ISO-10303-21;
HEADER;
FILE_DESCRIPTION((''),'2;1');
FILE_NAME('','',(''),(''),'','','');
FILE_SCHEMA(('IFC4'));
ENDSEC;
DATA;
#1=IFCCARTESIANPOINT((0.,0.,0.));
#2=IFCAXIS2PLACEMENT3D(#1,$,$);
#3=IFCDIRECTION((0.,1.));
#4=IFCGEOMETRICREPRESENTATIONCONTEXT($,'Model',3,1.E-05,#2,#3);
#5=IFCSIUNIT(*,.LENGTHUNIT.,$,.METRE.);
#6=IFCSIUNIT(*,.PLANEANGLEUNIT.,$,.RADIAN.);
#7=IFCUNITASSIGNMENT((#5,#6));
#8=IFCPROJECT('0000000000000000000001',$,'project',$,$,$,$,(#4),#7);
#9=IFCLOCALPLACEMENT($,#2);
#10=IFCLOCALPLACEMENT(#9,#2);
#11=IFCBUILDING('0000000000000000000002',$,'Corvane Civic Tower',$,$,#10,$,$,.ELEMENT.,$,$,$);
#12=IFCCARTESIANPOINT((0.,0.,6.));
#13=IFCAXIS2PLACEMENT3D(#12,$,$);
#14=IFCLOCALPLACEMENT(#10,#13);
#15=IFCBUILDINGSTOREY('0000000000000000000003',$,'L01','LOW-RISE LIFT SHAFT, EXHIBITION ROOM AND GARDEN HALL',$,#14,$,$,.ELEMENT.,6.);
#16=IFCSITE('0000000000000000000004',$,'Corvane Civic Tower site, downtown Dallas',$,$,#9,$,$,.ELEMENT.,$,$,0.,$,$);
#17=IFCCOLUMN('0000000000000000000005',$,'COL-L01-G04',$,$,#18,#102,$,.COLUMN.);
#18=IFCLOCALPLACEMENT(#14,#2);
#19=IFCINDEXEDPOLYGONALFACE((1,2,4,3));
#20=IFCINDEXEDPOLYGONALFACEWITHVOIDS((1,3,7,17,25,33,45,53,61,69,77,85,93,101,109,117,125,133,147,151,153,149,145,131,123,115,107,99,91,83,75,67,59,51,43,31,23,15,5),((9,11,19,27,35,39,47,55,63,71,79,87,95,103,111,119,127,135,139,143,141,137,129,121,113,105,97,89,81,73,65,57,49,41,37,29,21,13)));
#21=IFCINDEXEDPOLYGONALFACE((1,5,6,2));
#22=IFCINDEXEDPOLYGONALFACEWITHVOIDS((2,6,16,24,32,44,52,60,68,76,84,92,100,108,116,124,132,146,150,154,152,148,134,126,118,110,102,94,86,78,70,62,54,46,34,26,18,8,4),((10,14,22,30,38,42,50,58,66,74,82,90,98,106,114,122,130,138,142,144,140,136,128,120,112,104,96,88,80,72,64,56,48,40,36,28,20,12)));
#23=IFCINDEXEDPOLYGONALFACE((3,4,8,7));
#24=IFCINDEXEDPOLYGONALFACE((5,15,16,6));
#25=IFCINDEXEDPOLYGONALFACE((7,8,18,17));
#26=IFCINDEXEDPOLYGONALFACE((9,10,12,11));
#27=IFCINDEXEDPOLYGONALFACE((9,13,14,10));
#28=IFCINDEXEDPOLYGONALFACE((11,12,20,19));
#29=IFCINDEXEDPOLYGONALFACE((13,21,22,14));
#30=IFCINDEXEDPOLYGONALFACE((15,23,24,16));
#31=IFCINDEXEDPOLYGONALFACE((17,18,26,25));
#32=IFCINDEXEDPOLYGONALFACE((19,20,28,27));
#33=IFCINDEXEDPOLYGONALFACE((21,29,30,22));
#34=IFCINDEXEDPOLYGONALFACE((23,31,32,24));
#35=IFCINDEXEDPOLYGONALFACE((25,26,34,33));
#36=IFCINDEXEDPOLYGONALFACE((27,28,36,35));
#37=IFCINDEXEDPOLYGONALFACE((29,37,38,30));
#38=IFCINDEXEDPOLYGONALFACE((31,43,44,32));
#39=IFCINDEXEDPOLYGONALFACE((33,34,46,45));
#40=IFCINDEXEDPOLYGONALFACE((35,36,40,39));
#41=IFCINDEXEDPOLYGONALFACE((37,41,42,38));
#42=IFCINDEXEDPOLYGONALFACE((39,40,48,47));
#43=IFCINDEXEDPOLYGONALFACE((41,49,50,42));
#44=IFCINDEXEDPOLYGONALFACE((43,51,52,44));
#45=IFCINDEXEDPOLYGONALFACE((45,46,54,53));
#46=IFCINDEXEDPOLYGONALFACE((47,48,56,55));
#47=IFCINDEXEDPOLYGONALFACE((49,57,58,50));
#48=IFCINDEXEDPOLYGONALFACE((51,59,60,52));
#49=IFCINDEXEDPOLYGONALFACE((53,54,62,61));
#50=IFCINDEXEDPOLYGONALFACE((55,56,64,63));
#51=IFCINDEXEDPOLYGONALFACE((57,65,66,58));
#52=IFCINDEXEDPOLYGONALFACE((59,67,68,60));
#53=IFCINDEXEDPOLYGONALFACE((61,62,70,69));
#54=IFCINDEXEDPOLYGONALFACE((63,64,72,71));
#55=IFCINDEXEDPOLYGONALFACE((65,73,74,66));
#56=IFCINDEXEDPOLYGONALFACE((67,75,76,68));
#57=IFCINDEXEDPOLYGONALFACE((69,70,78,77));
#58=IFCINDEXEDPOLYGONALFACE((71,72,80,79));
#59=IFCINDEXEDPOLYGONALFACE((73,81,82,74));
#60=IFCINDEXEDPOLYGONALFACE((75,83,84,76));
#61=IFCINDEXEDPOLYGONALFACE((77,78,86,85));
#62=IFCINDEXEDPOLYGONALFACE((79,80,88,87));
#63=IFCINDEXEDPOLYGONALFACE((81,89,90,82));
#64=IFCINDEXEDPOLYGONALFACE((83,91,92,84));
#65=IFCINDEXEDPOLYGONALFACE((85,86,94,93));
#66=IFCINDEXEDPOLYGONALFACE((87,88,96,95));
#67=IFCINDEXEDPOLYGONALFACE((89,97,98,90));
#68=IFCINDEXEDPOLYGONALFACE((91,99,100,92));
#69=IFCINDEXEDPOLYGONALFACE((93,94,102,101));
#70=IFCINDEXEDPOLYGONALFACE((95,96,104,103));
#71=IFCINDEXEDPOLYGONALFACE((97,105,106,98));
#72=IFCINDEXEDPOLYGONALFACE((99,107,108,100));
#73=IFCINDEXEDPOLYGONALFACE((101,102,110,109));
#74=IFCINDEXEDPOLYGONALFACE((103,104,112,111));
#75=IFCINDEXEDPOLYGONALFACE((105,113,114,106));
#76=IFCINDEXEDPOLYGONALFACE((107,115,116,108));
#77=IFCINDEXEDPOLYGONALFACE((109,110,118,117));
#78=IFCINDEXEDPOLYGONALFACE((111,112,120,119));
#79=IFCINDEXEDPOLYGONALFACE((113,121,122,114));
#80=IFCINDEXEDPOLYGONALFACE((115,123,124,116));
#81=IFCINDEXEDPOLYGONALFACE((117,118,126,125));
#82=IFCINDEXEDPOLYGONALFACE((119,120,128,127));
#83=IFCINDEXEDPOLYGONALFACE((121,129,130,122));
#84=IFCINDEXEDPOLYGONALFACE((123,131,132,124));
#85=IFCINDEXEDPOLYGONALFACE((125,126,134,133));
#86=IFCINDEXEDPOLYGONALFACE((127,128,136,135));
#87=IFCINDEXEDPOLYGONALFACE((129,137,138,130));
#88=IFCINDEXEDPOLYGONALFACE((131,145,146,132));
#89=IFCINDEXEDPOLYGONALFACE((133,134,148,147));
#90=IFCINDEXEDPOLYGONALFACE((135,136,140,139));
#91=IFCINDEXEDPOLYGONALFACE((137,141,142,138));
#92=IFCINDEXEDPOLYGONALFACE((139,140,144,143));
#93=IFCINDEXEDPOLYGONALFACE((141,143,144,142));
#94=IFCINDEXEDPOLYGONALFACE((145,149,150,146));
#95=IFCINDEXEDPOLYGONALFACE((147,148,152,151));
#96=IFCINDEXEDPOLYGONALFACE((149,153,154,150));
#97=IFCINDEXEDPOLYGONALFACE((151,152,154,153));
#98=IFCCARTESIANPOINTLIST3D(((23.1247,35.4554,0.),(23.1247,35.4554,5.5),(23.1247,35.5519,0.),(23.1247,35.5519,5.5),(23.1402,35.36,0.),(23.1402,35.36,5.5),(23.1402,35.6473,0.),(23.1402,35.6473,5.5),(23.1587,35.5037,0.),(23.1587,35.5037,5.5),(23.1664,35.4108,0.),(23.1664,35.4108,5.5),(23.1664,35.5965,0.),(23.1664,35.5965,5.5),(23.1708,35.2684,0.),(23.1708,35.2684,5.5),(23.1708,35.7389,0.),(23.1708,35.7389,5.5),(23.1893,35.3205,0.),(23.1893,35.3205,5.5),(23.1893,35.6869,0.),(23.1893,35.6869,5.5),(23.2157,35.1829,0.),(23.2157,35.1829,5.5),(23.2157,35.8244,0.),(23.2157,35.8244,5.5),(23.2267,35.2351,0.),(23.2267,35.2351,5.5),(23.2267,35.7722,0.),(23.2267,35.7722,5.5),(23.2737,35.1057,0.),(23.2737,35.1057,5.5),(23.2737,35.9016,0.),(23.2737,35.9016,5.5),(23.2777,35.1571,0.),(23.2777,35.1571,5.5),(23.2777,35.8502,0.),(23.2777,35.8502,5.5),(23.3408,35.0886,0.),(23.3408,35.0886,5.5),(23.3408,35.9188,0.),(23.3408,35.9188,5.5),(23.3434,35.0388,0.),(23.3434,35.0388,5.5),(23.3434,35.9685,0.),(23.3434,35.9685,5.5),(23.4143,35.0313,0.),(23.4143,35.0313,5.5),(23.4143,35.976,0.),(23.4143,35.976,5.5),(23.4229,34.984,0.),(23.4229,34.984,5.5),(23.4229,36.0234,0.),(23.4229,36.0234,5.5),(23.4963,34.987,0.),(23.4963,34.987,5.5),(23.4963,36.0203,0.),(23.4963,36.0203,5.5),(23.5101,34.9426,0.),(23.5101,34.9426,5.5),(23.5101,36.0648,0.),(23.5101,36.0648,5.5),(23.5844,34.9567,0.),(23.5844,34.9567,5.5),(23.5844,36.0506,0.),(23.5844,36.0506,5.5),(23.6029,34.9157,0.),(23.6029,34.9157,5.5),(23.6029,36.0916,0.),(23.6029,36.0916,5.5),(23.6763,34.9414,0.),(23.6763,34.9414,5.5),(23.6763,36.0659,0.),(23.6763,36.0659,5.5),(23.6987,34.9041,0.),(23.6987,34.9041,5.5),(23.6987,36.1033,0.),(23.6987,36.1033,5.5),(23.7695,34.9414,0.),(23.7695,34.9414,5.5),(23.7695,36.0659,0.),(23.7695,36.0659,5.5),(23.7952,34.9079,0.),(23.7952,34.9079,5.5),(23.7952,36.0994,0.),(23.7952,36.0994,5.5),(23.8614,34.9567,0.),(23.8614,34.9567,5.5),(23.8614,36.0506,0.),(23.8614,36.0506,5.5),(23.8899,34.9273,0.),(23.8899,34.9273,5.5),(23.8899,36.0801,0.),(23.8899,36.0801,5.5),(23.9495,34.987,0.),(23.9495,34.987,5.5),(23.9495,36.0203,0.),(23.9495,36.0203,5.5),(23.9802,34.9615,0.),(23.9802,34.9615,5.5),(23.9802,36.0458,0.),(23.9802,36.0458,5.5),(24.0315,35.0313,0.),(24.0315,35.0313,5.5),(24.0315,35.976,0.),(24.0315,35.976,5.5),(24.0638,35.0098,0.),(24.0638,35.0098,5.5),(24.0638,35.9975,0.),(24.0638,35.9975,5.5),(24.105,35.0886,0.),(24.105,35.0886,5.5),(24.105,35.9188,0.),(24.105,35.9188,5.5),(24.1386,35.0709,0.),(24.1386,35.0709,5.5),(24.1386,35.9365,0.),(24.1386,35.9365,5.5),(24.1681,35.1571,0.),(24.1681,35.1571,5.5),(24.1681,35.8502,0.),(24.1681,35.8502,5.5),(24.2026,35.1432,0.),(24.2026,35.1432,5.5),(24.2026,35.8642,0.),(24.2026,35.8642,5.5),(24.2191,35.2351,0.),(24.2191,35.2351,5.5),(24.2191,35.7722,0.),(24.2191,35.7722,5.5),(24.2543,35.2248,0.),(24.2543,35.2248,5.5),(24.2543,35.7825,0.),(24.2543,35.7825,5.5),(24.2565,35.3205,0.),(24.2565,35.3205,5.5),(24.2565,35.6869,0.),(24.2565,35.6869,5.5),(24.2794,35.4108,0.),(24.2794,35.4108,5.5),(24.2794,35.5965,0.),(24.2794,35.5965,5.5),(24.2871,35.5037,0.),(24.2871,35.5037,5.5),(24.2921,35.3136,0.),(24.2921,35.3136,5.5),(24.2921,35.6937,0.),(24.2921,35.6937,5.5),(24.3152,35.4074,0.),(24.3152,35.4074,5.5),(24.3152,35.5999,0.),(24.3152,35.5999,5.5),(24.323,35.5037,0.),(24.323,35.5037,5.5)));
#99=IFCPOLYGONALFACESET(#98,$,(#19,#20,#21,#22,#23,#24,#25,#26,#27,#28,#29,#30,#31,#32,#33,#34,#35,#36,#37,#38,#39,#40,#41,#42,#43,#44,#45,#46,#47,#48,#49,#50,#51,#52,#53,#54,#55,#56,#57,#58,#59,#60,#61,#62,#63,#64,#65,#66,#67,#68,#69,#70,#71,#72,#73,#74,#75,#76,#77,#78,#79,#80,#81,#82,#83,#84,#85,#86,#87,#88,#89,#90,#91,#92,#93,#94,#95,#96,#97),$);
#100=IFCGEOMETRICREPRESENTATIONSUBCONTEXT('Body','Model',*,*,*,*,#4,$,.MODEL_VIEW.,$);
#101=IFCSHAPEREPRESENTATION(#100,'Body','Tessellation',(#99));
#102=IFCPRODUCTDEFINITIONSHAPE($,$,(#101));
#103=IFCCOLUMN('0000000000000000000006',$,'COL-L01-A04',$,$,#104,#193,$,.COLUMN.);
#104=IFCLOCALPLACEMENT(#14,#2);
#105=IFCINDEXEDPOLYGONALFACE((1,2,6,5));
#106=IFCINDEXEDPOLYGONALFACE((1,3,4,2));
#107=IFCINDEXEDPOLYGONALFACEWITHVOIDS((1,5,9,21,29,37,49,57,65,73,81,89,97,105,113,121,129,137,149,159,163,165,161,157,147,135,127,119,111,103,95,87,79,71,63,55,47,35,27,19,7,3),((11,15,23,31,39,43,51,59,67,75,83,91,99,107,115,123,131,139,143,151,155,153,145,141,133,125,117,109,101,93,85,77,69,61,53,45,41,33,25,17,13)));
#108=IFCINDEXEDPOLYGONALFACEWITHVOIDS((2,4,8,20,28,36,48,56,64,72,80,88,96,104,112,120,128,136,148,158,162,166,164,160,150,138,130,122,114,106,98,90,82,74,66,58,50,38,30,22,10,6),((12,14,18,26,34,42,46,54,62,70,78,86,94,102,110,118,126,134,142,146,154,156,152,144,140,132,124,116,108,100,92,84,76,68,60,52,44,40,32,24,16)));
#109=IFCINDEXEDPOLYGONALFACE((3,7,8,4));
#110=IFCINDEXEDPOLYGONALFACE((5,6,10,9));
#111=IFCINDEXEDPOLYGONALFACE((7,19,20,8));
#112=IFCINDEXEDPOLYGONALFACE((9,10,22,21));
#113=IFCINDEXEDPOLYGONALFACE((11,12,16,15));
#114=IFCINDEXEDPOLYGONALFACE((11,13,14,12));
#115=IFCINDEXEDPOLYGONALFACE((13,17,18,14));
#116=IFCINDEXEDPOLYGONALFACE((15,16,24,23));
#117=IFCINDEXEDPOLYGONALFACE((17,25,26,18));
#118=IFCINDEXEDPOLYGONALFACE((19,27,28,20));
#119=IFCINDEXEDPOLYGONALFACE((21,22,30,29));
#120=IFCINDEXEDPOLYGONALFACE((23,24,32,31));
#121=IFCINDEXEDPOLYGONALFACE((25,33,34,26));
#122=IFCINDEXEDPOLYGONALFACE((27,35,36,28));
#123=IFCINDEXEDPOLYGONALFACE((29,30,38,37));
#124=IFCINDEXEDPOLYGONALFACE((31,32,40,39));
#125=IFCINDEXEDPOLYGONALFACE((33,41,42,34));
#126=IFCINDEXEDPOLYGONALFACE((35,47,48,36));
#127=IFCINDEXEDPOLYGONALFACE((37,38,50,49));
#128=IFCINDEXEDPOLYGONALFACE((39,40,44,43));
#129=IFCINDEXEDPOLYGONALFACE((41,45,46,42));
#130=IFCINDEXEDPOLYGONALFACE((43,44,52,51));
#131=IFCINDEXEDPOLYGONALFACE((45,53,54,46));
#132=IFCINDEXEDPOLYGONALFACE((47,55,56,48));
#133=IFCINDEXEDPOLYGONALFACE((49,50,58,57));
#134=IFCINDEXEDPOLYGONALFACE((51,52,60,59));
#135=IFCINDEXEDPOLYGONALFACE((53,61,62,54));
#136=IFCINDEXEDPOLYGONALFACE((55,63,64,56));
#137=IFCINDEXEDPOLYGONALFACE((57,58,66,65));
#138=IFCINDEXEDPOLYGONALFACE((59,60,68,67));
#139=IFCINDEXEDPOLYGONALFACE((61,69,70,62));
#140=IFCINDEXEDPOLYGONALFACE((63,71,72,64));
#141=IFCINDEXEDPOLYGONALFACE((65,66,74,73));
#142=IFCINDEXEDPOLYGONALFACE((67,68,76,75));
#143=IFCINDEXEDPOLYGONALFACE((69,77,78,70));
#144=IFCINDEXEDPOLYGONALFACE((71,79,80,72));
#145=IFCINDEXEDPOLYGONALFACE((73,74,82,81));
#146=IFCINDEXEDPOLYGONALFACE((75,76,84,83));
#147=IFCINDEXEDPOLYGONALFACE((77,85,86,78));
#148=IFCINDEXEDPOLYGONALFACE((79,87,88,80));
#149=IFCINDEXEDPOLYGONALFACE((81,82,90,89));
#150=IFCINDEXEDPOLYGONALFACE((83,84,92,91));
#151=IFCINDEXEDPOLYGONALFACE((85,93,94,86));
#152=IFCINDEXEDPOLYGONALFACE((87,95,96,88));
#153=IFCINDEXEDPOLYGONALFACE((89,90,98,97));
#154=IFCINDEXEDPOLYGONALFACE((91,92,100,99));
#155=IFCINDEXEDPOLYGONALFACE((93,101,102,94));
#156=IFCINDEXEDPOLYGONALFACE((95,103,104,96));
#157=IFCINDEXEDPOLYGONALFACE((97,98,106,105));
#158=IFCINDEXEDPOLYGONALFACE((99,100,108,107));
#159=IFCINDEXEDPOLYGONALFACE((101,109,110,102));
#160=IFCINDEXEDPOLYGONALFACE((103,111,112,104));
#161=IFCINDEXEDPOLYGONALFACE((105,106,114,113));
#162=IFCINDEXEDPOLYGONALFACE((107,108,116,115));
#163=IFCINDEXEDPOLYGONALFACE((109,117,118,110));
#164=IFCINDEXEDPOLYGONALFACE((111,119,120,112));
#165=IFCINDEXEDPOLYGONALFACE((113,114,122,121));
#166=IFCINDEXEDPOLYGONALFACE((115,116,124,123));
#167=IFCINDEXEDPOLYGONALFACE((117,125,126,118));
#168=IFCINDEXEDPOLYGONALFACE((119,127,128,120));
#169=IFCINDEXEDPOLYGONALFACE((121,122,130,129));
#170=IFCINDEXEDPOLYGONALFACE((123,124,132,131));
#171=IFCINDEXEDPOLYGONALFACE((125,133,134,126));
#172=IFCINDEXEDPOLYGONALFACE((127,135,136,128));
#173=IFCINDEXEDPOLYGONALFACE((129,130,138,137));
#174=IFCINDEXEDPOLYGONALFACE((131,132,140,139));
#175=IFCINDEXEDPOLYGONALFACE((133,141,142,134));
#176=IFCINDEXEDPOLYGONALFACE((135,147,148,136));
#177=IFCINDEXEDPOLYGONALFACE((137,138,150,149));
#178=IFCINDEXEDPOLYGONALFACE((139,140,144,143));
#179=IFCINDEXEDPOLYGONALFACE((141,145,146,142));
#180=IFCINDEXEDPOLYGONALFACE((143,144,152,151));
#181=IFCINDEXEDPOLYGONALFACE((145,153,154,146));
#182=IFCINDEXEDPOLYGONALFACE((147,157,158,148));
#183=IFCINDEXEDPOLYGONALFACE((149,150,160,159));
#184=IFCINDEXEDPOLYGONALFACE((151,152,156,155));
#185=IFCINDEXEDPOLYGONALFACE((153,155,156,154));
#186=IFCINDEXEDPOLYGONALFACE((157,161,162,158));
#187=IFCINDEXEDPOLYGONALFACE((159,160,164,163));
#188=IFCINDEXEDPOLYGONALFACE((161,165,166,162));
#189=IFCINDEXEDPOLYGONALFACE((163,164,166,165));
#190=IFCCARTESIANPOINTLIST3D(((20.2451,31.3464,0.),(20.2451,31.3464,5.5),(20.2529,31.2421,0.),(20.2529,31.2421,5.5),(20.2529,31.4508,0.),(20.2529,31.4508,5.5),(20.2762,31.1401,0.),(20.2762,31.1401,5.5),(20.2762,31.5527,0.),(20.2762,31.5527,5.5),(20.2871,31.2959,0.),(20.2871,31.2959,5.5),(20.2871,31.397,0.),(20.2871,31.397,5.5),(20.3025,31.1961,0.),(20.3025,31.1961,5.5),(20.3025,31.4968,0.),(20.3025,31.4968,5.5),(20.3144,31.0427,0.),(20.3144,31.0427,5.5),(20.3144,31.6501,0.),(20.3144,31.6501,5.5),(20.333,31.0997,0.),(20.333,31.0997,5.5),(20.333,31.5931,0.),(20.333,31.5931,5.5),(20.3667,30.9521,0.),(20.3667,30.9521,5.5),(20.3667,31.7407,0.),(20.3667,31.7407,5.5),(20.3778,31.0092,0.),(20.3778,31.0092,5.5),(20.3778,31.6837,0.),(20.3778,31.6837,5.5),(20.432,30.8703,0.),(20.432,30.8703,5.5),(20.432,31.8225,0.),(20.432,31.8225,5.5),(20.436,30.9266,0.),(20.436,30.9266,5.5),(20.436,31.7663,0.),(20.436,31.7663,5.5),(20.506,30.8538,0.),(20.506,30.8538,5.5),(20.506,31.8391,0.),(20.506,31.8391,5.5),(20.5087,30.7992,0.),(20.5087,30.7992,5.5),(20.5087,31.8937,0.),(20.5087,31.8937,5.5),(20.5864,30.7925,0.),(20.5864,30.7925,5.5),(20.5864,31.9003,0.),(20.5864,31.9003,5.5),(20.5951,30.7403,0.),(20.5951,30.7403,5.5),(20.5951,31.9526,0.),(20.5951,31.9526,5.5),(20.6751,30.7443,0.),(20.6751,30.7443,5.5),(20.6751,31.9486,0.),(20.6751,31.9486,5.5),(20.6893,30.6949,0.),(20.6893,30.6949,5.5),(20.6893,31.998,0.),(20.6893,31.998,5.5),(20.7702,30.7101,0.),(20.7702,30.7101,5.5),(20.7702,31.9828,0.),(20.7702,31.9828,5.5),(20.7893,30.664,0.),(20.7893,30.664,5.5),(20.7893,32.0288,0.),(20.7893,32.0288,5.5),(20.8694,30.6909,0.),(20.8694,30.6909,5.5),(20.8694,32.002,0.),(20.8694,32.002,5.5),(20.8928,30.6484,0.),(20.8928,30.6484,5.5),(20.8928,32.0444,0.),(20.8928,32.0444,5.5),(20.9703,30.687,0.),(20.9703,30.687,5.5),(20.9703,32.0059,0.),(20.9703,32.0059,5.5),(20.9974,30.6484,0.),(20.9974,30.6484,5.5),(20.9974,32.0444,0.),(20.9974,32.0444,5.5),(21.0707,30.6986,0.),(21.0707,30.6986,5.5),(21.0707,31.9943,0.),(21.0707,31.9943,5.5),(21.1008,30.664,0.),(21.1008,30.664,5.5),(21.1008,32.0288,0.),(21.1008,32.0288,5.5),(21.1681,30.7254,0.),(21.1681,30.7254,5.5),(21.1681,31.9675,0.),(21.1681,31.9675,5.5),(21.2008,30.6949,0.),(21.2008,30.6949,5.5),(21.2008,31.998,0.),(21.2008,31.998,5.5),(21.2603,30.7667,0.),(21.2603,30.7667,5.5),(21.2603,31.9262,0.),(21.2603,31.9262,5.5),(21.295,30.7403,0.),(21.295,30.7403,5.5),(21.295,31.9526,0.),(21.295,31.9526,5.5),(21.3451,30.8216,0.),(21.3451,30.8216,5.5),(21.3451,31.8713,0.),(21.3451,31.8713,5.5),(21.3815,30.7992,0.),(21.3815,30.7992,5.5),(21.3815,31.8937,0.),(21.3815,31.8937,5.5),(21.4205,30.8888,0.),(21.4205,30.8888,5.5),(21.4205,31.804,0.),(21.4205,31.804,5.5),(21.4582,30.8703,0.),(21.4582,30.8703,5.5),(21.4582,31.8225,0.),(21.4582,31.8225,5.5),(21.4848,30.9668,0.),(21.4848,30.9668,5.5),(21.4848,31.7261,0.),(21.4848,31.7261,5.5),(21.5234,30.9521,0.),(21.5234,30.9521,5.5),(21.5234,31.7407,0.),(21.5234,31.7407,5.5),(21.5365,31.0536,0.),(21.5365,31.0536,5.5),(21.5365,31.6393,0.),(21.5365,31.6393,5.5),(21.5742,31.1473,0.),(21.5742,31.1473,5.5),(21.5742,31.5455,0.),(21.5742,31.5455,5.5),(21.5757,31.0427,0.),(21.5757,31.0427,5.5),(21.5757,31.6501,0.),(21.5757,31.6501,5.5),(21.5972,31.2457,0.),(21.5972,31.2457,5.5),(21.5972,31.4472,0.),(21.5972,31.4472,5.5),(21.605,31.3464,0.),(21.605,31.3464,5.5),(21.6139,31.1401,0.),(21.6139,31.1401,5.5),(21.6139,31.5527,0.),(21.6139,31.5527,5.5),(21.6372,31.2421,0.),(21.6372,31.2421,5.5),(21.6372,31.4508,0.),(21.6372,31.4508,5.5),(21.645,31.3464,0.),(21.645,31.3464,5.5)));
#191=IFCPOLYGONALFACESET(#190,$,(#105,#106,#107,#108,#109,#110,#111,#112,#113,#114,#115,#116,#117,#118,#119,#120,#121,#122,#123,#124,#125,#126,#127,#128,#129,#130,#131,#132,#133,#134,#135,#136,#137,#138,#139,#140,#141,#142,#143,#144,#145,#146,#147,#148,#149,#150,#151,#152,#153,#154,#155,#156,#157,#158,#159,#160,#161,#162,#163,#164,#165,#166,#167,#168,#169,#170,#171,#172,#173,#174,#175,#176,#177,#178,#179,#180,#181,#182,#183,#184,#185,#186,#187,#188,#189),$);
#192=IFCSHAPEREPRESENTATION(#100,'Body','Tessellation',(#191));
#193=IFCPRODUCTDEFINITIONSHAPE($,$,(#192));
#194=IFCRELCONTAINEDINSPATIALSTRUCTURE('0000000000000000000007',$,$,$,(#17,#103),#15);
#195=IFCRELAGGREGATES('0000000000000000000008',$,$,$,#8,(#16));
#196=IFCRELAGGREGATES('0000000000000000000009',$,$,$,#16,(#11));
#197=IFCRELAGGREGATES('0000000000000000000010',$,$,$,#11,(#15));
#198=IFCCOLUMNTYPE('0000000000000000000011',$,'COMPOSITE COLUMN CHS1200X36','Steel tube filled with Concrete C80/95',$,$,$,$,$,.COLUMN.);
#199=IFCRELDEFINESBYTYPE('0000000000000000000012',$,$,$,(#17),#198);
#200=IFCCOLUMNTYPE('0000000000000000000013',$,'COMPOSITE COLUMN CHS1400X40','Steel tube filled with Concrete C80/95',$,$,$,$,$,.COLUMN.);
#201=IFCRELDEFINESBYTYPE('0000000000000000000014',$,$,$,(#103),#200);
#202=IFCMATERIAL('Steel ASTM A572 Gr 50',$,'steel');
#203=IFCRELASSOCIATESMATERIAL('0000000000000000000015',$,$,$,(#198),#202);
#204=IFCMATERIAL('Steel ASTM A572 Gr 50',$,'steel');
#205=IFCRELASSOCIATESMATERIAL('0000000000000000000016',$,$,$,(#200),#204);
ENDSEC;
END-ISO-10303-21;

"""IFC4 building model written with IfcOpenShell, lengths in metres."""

from ifc_helpers import new_model, si_unit, direction, frame, origin, origin_2d, place, context, subcontext, project, spatial, hollow_circle, extrude, material, material_profile, profile_set, type_object, element, save


model = new_model("IFC4")

# Units and contexts
model_context = context("Model", 3, precision=1e-05, world=origin(), true_north=direction((0.0, 1.0)))
body_context = subcontext(model_context, "Body", "Model", "MODEL_VIEW")
ifc_project = project(units=[si_unit("LENGTHUNIT", "METRE"), si_unit("PLANEANGLEUNIT", "RADIAN")], contexts=[model_context])

# Site, building, storey
site_placement = place(None, origin())
site = spatial("IfcSite", under=ifc_project, at=site_placement, Name="Corvane Civic Tower site, downtown Dallas", CompositionType="ELEMENT", RefElevation=0.0)
building_placement = place(site_placement, origin())
building = spatial("IfcBuilding", under=site, at=building_placement, Name="Corvane Civic Tower", CompositionType="ELEMENT")
storey_placement = place(building_placement, frame((0.0, 0.0, 6.0)))
storey = spatial("IfcBuildingStorey", under=building, at=storey_placement, Name="L01", Description="LOW-RISE LIFT SHAFT, EXHIBITION ROOM AND GARDEN HALL", CompositionType="ELEMENT", Elevation=6.0)

# Columns
ifc_material_1 = material(Name="Steel ASTM A572 Gr 50", Category="steel")
ifc_material_profile_1 = material_profile(ifc_material_1, hollow_circle(Radius=0.6001, WallThickness=0.0359, at=origin_2d()), Name="CHS1200X36")
ifc_profile_set_1 = profile_set([ifc_material_profile_1], Name="Steel ASTM A572 Gr 50")
column_type_1 = type_object("IfcColumnType", Name="COMPOSITE COLUMN CHS1200X36", Description="Steel tube filled with Concrete C80/95", PredefinedType="COLUMN", material=ifc_profile_set_1)
column_placement = place(storey_placement, frame((23.7229, 35.5037, 0.0), z_axis=(0.0, 0.0, 1.0), x_axis=(1.0, 0.0, 0.0)))
element("IfcColumn", 1, at=column_placement, inside=storey, type_object=column_type_1, Name="COL-L01-G04", PredefinedType="COLUMN", context=body_context, shape_type="SweptSolid", body=[
    extrude(hollow_circle(Radius=0.6001, WallThickness=0.0359, at=origin_2d()), origin(), (0.0, 0.0, 1.0), 5.5),
])
ifc_material_2 = material(Name="Steel ASTM A572 Gr 50", Category="steel")
ifc_material_profile_2 = material_profile(ifc_material_2, hollow_circle(Radius=0.7, WallThickness=0.04, at=origin_2d()), Name="CHS1400X40")
ifc_profile_set_2 = profile_set([ifc_material_profile_2], Name="Steel ASTM A572 Gr 50")
column_type_2 = type_object("IfcColumnType", Name="COMPOSITE COLUMN CHS1400X40", Description="Steel tube filled with Concrete C80/95", PredefinedType="COLUMN", material=ifc_profile_set_2)
for number, where, z_axis, x_axis, name in (
    (2, (20.9451, 31.3464, 0.0), (0.0, 0.0, 1.0), (1.0, 0.0, 0.0), "COL-L01-A04"),
):
    element("IfcColumn", number, at=place(storey_placement, frame(where, z_axis=z_axis, x_axis=x_axis)), inside=storey, type_object=column_type_2, Name=name, PredefinedType="COLUMN", context=body_context, shape_type="SweptSolid", body=[
        extrude(hollow_circle(Radius=0.7, WallThickness=0.04, at=origin_2d()), origin(), (0.0, 0.0, 1.0), 5.5),
    ])

save(model, "model.ifc")
